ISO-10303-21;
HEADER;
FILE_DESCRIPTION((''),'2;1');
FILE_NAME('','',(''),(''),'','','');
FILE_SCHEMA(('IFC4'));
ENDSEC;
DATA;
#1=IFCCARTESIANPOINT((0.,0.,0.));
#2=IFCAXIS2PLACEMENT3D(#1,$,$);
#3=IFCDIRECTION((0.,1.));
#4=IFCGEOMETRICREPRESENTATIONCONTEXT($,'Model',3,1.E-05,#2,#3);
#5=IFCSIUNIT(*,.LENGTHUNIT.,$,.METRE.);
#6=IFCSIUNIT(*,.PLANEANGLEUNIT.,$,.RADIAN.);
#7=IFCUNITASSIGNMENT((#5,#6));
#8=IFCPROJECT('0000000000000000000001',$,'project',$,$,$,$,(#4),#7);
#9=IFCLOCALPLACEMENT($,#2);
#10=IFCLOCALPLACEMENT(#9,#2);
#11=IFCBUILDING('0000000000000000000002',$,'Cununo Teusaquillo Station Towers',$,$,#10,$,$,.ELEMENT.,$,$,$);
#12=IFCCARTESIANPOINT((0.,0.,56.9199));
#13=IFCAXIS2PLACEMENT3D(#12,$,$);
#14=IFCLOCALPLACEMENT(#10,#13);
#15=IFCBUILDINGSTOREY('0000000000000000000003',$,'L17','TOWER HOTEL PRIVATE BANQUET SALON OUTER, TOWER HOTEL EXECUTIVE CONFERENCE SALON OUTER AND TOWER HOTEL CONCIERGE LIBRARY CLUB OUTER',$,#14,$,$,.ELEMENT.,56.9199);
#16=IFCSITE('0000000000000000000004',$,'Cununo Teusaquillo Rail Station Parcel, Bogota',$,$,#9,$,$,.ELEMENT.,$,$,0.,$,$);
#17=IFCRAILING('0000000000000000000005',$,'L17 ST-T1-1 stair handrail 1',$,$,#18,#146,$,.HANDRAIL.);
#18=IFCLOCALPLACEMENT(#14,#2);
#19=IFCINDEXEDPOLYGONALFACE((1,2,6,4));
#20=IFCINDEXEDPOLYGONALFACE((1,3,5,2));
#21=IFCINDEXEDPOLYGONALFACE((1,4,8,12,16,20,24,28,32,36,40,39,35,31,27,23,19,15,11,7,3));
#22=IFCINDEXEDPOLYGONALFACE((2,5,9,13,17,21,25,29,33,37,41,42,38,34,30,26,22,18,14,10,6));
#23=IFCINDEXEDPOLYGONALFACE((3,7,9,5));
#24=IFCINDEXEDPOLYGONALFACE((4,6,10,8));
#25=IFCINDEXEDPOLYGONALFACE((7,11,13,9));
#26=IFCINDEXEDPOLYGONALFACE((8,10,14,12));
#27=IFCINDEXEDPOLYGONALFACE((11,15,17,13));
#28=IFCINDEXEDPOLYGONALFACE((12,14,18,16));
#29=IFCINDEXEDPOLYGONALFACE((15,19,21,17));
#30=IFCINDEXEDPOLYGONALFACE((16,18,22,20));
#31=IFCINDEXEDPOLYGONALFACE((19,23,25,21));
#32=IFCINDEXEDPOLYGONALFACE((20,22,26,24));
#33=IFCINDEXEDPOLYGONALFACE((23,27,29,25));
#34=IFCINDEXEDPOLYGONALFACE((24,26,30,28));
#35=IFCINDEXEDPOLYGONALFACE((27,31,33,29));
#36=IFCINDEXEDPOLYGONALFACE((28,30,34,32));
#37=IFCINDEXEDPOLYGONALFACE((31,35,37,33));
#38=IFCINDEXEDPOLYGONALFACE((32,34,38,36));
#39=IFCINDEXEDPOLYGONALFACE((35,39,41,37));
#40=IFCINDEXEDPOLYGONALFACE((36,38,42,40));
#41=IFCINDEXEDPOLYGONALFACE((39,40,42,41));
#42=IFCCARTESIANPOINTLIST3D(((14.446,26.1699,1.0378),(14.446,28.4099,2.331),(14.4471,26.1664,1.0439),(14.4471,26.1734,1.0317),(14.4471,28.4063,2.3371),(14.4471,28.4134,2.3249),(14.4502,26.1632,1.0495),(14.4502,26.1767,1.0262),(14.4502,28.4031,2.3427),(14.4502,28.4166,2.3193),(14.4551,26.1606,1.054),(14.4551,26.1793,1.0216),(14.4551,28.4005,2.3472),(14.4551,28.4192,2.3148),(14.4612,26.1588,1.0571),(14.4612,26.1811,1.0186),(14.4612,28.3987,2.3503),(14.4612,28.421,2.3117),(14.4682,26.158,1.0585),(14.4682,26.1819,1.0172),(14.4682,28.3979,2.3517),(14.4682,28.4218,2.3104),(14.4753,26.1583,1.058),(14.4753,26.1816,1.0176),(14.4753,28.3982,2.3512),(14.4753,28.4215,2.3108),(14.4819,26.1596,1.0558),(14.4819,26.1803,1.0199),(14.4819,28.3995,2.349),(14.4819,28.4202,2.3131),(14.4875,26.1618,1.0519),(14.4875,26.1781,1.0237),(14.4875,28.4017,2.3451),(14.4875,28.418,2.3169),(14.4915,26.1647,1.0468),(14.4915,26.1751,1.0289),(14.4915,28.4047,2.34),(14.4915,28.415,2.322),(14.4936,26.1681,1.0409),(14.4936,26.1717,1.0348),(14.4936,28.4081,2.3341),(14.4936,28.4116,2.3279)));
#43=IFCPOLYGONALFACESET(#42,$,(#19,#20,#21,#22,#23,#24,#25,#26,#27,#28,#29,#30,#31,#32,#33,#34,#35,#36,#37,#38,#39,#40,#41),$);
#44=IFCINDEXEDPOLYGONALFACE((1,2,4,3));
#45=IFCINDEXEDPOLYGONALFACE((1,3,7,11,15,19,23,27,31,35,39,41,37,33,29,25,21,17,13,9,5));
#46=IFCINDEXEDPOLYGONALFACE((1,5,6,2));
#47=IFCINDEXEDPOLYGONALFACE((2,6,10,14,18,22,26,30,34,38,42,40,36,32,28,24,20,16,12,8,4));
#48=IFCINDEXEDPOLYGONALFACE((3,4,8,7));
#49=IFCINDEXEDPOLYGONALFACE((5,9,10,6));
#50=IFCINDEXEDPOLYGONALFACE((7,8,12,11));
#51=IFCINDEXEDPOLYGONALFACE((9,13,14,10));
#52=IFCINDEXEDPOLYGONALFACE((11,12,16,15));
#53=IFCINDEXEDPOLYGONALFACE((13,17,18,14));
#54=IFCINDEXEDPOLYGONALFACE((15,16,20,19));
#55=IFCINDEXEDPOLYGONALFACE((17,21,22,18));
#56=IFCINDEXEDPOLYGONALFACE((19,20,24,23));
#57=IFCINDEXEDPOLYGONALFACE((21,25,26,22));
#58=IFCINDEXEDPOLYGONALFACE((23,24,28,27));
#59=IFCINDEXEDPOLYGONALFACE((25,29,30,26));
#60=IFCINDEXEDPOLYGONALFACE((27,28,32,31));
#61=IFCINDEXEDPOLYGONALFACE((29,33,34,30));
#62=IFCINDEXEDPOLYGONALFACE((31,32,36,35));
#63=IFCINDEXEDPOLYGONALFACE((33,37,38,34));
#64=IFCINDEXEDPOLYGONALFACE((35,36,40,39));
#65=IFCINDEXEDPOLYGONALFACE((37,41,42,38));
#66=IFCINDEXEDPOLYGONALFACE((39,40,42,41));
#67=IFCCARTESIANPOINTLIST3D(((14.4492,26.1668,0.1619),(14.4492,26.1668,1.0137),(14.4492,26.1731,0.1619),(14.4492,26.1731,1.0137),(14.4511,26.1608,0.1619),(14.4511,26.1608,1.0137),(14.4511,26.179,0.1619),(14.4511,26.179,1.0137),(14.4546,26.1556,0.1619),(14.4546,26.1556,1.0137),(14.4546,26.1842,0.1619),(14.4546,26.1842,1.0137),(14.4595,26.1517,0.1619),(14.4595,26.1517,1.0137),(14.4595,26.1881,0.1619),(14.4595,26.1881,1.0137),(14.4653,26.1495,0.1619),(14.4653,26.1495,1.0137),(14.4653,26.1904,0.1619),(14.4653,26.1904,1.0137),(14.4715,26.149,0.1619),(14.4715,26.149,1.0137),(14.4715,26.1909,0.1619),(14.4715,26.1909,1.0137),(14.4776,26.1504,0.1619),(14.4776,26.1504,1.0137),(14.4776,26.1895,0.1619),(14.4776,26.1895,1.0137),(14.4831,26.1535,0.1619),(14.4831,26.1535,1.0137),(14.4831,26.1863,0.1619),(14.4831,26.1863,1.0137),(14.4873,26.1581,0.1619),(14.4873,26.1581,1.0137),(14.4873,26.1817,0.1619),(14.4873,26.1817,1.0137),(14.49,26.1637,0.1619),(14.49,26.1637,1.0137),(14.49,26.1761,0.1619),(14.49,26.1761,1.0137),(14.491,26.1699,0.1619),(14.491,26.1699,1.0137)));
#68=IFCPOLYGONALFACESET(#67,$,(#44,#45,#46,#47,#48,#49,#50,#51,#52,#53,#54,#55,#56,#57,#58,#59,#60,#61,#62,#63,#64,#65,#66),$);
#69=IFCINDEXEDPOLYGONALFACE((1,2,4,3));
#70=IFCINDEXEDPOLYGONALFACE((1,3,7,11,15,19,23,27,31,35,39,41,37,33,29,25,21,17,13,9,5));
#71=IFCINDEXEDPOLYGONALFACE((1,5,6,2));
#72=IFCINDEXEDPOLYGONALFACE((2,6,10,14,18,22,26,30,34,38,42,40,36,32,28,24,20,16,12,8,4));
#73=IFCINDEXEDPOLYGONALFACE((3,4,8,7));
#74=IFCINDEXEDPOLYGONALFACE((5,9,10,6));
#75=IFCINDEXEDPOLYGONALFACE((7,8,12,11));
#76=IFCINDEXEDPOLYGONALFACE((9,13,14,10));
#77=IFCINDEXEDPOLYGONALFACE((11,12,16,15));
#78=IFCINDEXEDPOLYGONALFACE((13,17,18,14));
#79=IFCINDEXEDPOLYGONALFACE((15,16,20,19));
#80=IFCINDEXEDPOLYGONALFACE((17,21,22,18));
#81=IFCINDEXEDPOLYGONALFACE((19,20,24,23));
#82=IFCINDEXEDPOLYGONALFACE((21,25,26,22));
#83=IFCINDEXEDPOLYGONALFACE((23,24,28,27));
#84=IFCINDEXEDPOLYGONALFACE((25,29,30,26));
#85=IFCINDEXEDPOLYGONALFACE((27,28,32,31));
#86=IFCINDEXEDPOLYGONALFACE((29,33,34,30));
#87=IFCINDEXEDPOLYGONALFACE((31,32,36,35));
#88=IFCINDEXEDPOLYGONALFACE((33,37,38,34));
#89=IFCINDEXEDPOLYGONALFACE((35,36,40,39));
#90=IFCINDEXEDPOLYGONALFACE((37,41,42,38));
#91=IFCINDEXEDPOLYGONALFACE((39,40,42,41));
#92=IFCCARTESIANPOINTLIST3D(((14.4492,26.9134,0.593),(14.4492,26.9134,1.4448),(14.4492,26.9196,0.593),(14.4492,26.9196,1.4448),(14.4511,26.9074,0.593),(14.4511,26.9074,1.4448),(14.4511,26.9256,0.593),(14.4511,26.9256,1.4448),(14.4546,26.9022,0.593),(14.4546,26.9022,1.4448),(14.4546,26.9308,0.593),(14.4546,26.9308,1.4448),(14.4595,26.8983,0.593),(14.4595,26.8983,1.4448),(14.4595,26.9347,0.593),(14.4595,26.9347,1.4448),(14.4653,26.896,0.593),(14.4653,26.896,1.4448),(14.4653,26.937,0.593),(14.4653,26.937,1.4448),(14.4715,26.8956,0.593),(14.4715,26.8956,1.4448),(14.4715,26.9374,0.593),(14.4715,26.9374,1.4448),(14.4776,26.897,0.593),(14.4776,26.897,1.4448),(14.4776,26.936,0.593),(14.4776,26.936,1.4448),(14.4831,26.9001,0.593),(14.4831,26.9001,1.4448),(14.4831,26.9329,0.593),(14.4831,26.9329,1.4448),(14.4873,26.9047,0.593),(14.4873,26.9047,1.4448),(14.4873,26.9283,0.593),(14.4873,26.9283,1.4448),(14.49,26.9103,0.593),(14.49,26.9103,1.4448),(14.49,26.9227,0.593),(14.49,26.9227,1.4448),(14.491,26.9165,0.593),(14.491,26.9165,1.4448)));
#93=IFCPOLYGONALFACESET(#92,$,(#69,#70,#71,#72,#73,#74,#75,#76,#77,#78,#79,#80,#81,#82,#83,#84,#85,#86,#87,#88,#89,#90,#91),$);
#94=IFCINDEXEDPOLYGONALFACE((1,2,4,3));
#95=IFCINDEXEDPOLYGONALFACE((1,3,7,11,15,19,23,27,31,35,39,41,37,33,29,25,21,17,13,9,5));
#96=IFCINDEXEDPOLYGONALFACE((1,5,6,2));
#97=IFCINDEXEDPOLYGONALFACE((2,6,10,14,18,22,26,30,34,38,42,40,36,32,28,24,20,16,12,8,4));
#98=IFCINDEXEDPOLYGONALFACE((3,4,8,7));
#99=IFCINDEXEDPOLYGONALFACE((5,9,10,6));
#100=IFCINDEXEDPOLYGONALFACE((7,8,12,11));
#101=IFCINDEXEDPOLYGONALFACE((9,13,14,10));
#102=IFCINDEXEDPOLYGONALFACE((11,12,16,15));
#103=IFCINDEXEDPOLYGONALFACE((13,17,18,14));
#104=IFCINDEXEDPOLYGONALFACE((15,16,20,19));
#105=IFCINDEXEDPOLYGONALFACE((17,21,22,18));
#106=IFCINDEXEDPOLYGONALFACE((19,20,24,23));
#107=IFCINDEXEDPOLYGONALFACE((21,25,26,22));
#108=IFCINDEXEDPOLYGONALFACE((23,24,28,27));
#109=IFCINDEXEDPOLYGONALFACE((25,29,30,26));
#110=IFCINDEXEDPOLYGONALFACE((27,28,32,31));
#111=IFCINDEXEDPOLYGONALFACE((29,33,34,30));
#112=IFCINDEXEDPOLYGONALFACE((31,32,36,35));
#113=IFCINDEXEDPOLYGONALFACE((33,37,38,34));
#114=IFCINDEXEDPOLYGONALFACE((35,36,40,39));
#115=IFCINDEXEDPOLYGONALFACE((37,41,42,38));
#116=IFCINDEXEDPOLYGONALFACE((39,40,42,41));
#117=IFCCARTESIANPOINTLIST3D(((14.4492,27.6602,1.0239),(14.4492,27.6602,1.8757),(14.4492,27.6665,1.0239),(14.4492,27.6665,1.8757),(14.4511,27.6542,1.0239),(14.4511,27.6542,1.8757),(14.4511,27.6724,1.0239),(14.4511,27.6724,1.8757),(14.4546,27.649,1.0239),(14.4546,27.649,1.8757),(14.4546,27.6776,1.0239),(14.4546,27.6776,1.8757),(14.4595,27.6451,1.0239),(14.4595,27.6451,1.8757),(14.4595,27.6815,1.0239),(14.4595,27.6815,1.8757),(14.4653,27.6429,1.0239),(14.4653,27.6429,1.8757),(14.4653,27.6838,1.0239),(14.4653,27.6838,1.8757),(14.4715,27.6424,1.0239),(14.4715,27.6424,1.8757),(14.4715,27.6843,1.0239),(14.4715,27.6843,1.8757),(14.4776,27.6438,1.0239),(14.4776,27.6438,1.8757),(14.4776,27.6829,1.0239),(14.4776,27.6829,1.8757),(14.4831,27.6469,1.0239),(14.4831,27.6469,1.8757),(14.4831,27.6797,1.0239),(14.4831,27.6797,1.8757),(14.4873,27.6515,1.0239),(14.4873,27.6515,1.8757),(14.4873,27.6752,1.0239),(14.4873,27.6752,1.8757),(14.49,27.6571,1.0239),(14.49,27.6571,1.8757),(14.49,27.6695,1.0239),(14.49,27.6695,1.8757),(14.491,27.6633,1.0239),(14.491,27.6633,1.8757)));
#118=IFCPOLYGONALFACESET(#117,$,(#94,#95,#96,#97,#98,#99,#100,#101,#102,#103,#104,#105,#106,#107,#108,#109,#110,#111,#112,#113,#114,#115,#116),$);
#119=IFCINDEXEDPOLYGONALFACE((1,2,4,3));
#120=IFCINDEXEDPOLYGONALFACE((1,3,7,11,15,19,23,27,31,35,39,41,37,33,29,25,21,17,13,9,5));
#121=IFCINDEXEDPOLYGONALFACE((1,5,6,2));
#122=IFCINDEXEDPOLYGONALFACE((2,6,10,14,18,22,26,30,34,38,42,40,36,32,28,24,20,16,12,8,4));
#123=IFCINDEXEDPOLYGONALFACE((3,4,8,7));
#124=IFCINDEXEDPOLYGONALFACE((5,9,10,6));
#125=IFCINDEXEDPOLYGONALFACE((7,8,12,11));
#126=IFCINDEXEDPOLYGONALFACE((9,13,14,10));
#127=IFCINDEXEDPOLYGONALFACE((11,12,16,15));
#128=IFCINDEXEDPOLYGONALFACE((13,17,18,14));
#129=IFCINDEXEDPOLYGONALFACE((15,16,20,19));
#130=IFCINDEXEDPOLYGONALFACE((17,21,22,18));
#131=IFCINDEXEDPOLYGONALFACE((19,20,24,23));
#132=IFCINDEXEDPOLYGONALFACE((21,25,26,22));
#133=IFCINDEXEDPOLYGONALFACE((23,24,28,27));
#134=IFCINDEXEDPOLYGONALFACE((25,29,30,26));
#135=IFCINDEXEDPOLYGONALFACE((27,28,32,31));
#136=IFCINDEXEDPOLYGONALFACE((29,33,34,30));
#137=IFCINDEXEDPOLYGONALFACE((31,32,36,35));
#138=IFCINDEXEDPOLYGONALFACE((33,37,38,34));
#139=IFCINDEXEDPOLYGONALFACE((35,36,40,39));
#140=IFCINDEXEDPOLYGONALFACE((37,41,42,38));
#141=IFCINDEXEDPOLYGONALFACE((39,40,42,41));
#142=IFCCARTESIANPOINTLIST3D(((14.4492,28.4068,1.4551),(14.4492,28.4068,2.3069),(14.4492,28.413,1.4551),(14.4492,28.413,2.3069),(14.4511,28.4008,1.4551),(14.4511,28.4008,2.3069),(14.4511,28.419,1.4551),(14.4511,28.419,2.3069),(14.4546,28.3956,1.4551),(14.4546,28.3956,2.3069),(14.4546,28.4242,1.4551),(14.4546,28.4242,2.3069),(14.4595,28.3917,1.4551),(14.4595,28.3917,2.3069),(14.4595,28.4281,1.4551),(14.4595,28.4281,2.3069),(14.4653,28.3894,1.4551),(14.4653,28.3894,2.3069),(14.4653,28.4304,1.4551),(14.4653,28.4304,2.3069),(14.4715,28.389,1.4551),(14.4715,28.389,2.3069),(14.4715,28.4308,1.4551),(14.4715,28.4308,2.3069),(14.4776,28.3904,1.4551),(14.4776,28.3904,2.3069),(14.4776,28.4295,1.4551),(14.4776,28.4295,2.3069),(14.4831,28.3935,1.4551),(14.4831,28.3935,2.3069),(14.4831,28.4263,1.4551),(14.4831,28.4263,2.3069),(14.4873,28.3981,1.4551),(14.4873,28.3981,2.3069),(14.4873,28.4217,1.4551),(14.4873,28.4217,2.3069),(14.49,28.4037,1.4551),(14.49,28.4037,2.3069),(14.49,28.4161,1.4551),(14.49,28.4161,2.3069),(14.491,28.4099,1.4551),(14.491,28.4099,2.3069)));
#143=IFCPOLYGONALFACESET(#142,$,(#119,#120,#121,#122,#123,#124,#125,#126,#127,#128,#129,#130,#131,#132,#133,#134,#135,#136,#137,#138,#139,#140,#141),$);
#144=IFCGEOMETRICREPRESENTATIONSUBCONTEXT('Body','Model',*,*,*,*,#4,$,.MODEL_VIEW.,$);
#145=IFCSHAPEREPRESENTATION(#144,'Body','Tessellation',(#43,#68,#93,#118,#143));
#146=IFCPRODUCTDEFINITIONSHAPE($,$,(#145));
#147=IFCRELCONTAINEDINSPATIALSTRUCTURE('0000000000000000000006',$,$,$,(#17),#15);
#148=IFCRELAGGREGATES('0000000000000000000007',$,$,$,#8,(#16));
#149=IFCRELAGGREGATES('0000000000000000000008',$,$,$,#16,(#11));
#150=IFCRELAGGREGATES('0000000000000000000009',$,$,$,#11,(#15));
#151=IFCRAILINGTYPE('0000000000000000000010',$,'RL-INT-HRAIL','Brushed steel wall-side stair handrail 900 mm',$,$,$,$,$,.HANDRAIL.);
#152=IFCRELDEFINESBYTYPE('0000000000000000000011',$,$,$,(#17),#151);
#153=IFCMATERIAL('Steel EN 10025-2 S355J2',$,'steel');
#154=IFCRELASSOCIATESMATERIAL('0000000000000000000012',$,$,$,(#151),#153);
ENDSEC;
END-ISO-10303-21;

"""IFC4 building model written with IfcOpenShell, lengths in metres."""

from ifc_helpers import new_model, si_unit, direction, frame, origin, origin_2d, place, context, subcontext, project, spatial, circle, extrude, material, type_object, element, save


model = new_model("IFC4")

# Units and contexts
model_context = context("Model", 3, precision=1e-05, world=origin(), true_north=direction((0.0, 1.0)))
body_context = subcontext(model_context, "Body", "Model", "MODEL_VIEW")
ifc_project = project(units=[si_unit("LENGTHUNIT", "METRE"), si_unit("PLANEANGLEUNIT", "RADIAN")], contexts=[model_context])

# Site, building, storey
site_placement = place(None, origin())
site = spatial("IfcSite", under=ifc_project, at=site_placement, Name="Cununo Teusaquillo Rail Station Parcel, Bogota", CompositionType="ELEMENT", RefElevation=0.0)
building_placement = place(site_placement, origin())
building = spatial("IfcBuilding", under=site, at=building_placement, Name="Cununo Teusaquillo Station Towers", CompositionType="ELEMENT")
storey_placement = place(building_placement, frame((0.0, 0.0, 56.9199)))
storey = spatial("IfcBuildingStorey", under=building, at=storey_placement, Name="L17", Description="TOWER HOTEL PRIVATE BANQUET SALON OUTER, TOWER HOTEL EXECUTIVE CONFERENCE SALON OUTER AND TOWER HOTEL CONCIERGE LIBRARY CLUB OUTER", CompositionType="ELEMENT", Elevation=56.9199)

# Railing
ifc_material_1 = material(Name="Steel EN 10025-2 S355J2", Category="steel")
railing_type_1 = type_object("IfcRailingType", Name="RL-INT-HRAIL", Description="Brushed steel wall-side stair handrail 900 mm", PredefinedType="HANDRAIL", material=ifc_material_1)
railing_1_placement = place(storey_placement, frame((14.47, 26.1699, 0.1619)))
element("IfcRailing", 1, at=railing_1_placement, inside=storey, type_object=railing_type_1, Name="L17 ST-T1-1 stair handrail 1", PredefinedType="HANDRAIL", context=body_context, shape_type="SweptSolid", body=[
    extrude(circle(Radius=0.0239, at=origin_2d()), frame((0.0, 0.0, 0.876), z_axis=(0.0, 0.866033, 0.499987), x_axis=(-1.0, 0.0, 0.0)), (0.0, 0.0, 1.0), 2.5864),
    extrude(circle(Radius=0.021, at=origin_2d()), origin(), (0.0, 0.0, 1.0), 0.8518),
    extrude(circle(Radius=0.021, at=origin_2d()), frame((0.0, 0.7466, 0.4312)), (0.0, 0.0, 1.0), 0.8518),
    extrude(circle(Radius=0.021, at=origin_2d()), frame((0.0, 1.4934, 0.8621)), (0.0, 0.0, 1.0), 0.8518),
    extrude(circle(Radius=0.021, at=origin_2d()), frame((0.0, 2.24, 1.2932)), (0.0, 0.0, 1.0), 0.8518),
])

save(model, "model.ifc")
